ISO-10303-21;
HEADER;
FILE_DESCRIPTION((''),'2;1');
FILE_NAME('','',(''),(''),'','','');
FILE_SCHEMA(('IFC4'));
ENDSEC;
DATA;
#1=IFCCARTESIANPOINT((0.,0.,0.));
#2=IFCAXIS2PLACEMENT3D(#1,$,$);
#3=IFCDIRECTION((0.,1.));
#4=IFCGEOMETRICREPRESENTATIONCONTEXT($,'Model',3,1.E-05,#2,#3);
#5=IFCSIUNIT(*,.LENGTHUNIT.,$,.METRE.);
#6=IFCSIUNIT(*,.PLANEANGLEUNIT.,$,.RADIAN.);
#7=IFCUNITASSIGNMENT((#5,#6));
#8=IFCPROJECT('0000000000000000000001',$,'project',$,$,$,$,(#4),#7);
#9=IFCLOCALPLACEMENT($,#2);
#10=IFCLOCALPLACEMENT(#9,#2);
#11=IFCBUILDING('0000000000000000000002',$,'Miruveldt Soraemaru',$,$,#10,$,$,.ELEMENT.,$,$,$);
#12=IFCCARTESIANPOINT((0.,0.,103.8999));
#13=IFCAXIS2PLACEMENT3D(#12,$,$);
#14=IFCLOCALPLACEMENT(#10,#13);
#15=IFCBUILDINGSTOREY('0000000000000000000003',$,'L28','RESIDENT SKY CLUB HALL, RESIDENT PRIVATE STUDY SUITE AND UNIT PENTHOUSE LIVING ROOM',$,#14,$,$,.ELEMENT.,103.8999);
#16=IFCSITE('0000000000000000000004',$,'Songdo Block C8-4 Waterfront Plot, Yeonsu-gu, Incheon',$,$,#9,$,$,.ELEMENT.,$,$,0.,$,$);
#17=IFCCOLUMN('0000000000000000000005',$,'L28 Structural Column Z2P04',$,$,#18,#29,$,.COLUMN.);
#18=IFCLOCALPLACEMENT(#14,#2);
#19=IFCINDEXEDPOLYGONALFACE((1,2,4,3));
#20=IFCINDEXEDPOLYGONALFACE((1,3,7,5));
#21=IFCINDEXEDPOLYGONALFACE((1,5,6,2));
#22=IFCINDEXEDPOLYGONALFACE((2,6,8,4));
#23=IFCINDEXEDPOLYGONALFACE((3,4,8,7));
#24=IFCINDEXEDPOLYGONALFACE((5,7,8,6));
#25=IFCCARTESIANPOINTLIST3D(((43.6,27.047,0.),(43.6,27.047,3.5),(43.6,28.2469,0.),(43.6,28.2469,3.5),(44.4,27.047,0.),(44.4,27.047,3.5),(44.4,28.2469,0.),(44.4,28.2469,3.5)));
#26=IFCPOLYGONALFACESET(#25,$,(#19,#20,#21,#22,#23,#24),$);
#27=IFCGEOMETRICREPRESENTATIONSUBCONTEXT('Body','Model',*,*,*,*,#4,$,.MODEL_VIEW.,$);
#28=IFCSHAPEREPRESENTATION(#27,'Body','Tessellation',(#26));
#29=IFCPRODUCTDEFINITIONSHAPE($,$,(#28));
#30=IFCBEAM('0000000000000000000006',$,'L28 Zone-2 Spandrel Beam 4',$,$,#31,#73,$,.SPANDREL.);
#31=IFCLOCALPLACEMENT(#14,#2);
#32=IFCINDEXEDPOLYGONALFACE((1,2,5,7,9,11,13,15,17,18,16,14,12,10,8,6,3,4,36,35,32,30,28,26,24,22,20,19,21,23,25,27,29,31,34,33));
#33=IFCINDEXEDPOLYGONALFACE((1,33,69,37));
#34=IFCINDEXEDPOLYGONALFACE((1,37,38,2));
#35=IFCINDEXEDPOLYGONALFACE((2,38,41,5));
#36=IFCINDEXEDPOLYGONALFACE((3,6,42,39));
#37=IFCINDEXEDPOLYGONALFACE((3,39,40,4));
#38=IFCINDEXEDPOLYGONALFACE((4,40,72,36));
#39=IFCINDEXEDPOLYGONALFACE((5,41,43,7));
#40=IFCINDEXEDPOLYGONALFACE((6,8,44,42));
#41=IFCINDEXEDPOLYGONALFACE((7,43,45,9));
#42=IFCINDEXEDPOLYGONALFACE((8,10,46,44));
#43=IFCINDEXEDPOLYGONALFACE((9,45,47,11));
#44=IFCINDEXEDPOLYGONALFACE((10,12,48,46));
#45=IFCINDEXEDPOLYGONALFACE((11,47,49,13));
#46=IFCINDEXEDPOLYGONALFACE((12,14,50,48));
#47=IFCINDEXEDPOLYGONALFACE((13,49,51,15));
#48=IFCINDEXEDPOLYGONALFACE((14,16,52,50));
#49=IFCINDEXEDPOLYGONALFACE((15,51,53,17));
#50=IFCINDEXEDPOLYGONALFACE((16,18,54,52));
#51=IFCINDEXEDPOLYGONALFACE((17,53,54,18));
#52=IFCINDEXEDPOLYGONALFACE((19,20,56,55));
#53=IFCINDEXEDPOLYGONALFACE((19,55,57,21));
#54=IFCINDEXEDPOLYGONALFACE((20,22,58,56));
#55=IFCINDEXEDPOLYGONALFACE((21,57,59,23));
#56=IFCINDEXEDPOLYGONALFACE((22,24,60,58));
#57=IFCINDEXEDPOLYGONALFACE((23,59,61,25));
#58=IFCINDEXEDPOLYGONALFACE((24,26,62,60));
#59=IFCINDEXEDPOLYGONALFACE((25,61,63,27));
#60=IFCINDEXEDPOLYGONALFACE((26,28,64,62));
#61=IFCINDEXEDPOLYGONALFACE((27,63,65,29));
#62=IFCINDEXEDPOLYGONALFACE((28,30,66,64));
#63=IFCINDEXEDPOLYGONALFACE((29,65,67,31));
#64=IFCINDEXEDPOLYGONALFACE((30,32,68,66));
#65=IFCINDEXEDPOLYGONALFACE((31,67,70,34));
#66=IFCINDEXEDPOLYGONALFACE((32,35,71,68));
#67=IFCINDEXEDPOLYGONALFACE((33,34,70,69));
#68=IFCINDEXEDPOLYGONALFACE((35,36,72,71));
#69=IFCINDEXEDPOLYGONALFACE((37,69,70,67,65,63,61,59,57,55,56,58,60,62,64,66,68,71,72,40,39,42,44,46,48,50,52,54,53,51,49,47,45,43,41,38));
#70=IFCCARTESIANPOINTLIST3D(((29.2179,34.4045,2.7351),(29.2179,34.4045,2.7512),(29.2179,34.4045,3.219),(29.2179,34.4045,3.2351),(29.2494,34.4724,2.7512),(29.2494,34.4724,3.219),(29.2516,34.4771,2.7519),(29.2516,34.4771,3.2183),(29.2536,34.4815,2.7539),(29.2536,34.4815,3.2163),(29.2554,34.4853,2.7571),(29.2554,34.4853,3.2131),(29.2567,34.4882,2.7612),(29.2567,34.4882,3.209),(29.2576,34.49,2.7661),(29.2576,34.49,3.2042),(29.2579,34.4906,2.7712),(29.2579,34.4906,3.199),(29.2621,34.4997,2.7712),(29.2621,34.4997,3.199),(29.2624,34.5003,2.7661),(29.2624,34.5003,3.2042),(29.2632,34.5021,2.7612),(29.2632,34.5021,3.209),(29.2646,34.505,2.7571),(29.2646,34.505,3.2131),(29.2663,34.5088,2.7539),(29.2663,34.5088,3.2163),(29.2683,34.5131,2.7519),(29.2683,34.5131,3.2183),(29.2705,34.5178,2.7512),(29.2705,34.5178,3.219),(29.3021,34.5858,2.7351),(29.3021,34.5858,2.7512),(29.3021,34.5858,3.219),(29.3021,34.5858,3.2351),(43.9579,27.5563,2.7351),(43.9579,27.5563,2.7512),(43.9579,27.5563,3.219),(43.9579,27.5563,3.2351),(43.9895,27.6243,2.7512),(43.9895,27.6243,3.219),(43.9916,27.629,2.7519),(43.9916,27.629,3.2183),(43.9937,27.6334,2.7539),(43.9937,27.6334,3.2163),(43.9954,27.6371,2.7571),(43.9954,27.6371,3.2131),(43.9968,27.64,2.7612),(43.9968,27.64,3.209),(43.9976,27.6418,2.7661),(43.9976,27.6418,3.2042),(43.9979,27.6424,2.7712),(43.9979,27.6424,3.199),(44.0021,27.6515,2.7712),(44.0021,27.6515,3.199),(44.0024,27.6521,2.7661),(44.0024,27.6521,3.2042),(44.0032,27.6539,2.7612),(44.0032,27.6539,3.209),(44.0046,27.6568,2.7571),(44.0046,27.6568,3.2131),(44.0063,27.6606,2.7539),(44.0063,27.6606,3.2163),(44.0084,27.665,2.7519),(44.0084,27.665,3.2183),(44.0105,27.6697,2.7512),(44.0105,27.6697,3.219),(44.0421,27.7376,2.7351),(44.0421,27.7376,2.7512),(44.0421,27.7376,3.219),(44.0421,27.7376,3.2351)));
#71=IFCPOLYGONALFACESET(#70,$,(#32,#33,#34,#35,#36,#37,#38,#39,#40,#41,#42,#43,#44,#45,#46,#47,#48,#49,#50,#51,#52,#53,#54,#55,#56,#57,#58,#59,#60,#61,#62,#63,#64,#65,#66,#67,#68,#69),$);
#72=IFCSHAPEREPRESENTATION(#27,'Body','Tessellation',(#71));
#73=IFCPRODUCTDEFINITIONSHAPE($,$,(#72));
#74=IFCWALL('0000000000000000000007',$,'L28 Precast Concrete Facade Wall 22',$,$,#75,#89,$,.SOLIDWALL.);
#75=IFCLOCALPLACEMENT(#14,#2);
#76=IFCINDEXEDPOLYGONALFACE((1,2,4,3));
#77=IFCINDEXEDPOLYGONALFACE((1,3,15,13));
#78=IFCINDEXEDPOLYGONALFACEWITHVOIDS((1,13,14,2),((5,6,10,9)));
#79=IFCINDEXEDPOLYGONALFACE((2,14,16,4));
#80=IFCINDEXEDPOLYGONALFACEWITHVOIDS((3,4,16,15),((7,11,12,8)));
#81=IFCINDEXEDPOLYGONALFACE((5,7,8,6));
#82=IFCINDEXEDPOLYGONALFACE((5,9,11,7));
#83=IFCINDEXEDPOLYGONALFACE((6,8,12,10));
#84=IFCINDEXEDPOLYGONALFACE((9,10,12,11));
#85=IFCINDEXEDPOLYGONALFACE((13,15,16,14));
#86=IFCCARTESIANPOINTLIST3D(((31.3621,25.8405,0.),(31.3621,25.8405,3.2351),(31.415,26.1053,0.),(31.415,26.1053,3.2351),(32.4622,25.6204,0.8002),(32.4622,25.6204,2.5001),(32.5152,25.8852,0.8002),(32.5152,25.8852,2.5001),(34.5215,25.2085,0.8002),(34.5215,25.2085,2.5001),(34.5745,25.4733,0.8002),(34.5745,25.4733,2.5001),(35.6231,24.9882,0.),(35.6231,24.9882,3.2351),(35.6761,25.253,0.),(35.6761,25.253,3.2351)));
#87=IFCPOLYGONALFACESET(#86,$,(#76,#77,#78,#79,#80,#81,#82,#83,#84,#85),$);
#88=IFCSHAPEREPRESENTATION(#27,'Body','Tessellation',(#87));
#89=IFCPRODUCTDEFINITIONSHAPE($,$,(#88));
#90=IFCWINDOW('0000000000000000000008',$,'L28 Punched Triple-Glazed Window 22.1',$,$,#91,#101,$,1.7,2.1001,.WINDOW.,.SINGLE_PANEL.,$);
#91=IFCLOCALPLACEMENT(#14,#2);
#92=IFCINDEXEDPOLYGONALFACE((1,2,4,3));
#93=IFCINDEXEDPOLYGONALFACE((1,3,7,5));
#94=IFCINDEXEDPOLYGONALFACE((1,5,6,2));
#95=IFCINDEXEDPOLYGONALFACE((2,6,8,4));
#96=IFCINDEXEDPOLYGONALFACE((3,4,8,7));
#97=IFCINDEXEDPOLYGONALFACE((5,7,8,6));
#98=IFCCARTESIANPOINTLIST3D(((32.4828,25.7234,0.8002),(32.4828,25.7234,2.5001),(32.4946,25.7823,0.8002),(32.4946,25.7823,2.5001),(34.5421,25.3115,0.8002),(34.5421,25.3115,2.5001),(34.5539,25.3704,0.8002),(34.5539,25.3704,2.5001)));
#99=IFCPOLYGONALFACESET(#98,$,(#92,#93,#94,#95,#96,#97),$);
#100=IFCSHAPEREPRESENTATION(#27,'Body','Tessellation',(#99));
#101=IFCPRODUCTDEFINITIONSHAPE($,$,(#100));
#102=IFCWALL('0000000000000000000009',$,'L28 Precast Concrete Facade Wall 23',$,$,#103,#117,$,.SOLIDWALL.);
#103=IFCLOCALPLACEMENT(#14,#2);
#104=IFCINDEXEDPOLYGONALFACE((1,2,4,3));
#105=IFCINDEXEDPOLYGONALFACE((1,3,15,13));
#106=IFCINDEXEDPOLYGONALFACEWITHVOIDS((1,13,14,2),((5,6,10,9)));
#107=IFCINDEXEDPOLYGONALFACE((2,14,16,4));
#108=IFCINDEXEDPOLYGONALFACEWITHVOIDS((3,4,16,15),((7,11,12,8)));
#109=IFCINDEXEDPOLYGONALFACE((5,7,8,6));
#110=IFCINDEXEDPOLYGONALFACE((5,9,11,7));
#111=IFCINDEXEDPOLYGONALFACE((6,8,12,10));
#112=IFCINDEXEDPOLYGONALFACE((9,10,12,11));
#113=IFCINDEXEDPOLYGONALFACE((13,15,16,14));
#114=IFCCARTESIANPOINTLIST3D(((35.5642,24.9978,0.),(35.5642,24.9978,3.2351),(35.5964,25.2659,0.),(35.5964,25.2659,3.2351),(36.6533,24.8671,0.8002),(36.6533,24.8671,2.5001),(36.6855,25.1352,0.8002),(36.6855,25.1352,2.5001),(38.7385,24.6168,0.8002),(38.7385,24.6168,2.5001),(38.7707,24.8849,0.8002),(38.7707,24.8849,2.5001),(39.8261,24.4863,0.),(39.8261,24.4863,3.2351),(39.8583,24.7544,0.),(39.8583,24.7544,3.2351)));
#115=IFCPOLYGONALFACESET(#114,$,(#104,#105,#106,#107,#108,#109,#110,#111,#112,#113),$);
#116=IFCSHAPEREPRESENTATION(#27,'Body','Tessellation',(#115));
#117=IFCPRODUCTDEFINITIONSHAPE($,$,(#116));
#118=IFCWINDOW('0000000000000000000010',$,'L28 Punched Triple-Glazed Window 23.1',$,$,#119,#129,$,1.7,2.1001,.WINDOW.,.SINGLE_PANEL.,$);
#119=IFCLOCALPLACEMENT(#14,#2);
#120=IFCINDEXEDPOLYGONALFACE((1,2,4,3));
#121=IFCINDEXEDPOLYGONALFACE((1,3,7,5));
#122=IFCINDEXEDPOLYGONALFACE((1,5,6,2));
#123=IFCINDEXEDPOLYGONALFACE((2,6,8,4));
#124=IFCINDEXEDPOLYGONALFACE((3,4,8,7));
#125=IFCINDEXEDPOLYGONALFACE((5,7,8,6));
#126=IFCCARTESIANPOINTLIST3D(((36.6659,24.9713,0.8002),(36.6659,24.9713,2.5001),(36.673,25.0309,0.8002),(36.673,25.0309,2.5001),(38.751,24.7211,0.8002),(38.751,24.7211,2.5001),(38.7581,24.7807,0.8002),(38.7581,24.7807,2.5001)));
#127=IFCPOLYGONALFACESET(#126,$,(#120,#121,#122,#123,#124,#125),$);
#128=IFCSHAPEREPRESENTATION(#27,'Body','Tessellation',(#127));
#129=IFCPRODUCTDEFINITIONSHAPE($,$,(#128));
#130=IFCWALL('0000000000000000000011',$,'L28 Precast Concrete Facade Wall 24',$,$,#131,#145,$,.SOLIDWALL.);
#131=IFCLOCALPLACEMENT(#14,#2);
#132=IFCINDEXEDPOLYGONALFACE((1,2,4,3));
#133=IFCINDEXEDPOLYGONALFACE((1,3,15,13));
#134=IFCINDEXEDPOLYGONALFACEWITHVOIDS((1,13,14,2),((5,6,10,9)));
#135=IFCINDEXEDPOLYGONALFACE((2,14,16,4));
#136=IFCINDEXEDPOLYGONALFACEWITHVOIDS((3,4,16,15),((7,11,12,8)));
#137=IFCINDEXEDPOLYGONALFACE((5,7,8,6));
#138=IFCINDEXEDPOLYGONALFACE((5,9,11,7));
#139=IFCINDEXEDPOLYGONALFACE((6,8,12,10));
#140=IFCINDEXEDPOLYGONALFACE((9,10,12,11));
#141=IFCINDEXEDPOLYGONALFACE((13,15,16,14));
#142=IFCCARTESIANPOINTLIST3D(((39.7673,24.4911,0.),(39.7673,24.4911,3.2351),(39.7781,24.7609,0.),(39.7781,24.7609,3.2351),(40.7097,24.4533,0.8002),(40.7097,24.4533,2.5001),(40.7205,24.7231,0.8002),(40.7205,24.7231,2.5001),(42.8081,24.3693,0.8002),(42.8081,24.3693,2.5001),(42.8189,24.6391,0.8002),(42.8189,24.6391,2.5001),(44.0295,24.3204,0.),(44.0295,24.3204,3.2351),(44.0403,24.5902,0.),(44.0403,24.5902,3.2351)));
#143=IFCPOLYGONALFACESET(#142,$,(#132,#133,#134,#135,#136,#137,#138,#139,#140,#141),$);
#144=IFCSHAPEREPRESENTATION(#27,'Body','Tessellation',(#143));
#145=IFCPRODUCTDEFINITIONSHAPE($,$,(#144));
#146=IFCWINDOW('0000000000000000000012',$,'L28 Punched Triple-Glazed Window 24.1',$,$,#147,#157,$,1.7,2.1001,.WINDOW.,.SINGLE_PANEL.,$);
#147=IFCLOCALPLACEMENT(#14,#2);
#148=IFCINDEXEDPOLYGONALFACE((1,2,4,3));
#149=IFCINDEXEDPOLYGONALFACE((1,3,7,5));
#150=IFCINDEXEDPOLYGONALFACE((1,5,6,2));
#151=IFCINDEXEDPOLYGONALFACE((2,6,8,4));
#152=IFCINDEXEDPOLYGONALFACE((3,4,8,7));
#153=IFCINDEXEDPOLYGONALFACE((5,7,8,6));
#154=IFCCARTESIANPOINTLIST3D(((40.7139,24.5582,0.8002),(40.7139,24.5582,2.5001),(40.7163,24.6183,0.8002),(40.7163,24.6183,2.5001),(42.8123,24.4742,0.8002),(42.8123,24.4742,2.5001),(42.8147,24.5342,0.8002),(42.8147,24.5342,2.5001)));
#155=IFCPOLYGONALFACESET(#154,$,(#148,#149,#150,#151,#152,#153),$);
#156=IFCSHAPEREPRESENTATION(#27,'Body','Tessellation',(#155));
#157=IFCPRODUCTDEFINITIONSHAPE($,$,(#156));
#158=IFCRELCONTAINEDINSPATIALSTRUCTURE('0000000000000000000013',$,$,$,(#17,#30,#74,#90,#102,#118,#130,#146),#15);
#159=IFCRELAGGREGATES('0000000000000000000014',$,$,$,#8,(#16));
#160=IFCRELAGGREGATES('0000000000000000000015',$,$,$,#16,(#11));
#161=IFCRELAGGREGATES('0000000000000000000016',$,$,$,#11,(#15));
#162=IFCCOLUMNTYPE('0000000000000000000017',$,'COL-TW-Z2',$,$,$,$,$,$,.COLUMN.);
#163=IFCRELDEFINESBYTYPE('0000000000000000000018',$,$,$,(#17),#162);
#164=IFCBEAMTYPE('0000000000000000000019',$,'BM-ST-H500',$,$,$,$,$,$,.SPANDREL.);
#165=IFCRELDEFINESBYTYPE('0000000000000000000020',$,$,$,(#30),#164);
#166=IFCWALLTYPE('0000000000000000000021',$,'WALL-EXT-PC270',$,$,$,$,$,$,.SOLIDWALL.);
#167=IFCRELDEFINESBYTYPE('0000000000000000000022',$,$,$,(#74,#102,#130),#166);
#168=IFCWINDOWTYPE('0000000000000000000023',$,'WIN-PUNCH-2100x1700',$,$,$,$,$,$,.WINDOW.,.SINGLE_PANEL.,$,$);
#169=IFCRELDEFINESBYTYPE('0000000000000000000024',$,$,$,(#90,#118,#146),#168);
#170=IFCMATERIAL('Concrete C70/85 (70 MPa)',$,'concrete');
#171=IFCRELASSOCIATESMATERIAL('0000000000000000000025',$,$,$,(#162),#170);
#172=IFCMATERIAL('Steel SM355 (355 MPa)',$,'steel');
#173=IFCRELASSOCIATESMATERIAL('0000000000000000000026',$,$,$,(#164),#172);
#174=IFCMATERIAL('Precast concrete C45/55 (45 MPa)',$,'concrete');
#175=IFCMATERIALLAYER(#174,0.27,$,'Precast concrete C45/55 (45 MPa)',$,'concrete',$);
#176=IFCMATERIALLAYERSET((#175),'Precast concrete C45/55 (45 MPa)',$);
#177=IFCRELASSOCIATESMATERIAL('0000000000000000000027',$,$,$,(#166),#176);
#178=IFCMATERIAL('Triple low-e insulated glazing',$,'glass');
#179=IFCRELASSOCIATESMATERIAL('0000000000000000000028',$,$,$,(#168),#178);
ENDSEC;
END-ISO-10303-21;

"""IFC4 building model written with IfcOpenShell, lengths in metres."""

from ifc_helpers import new_model, si_unit, direction, frame, frame_2d, origin, origin_2d, place, context, subcontext, project, spatial, rectangle, i_section, extrude, material, layer, layer_set, material_profile, profile_set, type_object, element, fill, save


model = new_model("IFC4")

# Units and contexts
model_context = context("Model", 3, precision=1e-05, world=origin(), true_north=direction((0.0, 1.0)))
body_context = subcontext(model_context, "Body", "Model", "MODEL_VIEW")
ifc_project = project(units=[si_unit("LENGTHUNIT", "METRE"), si_unit("PLANEANGLEUNIT", "RADIAN")], contexts=[model_context])

# Site, building, storey
site_placement = place(None, origin())
site = spatial("IfcSite", under=ifc_project, at=site_placement, Name="Songdo Block C8-4 Waterfront Plot, Yeonsu-gu, Incheon", CompositionType="ELEMENT", RefElevation=0.0)
building_placement = place(site_placement, origin())
building = spatial("IfcBuilding", under=site, at=building_placement, Name="Miruveldt Soraemaru", CompositionType="ELEMENT")
storey_placement = place(building_placement, frame((0.0, 0.0, 103.8999)))
storey = spatial("IfcBuildingStorey", under=building, at=storey_placement, Name="L28", Description="RESIDENT SKY CLUB HALL, RESIDENT PRIVATE STUDY SUITE AND UNIT PENTHOUSE LIVING ROOM", CompositionType="ELEMENT", Elevation=103.8999)

# Column
ifc_material_1 = material(Name="Concrete C70/85 (70 MPa)", Category="concrete")
ifc_material_profile_1 = material_profile(ifc_material_1, rectangle(XDim=1.2, YDim=0.8, at=origin_2d()), Name="Concrete C70/85 (70 MPa)", Category="concrete")
ifc_profile_set_1 = profile_set([ifc_material_profile_1], Name="Concrete C70/85 (70 MPa)")
column_type = type_object("IfcColumnType", Name="COL-TW-Z2", PredefinedType="COLUMN", material=ifc_profile_set_1)
column_placement = place(storey_placement, frame((44.0, 27.647, 0.0), z_axis=(0.0, 0.0, 1.0), x_axis=(0.0, 1.0, 0.0)))
element("IfcColumn", 1, at=column_placement, inside=storey, type_object=column_type, Name="L28 Structural Column Z2P04", PredefinedType="COLUMN", context=body_context, shape_type="SweptSolid", body=[
    extrude(rectangle(XDim=1.2, YDim=0.8, at=origin_2d()), origin(), (0.0, 0.0, 1.0), 3.5),
])

# Beam
ifc_material_2 = material(Name="Steel SM355 (355 MPa)", Category="steel")
ifc_material_profile_2 = material_profile(ifc_material_2, i_section(OverallWidth=0.2, OverallDepth=0.5, WebThickness=0.01, FlangeThickness=0.0161, FilletRadius=0.02, at=origin_2d()), Name="Steel SM355 (355 MPa)", Category="steel")
ifc_profile_set_2 = profile_set([ifc_material_profile_2], Name="Steel SM355 (355 MPa)")
beam_type = type_object("IfcBeamType", Name="BM-ST-H500", PredefinedType="SPANDREL", material=ifc_profile_set_2)
beam_placement = place(storey_placement, frame((44.0, 27.647, 2.9851), z_axis=(-0.906901, 0.421343, 0.0), x_axis=(-0.421343, -0.906901, 0.0)))
element("IfcBeam", 2, at=beam_placement, inside=storey, type_object=beam_type, Name="L28 Zone-2 Spandrel Beam 4", PredefinedType="SPANDREL", context=body_context, shape_type="SweptSolid", body=[
    extrude(i_section(OverallWidth=0.2, OverallDepth=0.5, WebThickness=0.01, FlangeThickness=0.0161, FilletRadius=0.02, at=origin_2d()), origin(), (0.0, 0.0, 1.0), 16.2532),
])

# Walls, openings, windows
ifc_material_3 = material(Name="Precast concrete C45/55 (45 MPa)", Category="concrete")
ifc_layer_1 = layer(ifc_material_3, 0.27, Name="Precast concrete C45/55 (45 MPa)", Category="concrete")
ifc_layer_set_1 = layer_set([ifc_layer_1], Name="Precast concrete C45/55 (45 MPa)")
wall_type_1 = type_object("IfcWallType", Name="WALL-EXT-PC270", PredefinedType="SOLIDWALL", material=ifc_layer_set_1)
wall_1_placement = place(storey_placement, frame((31.3884, 25.9729, 0.0), z_axis=(0.0, 0.0, 1.0), x_axis=(0.980576, -0.196138, 0.0)))
wall_1 = element("IfcWall", 3, at=wall_1_placement, inside=storey, type_object=wall_type_1, Name="L28 Precast Concrete Facade Wall 22", PredefinedType="SOLIDWALL", context=body_context, shape_type="SweptSolid", body=[
    extrude(rectangle(XDim=4.3455, YDim=0.27, at=frame_2d((2.1729, 0.0))), origin(), (0.0, 0.0, 1.0), 3.2351),
])
opening_1_placement = place(wall_1_placement, frame((1.1221, 0.0, 0.8)))
opening_1 = element("IfcOpeningElement", 4, at=opening_1_placement, cuts=wall_1, PredefinedType="OPENING", context=body_context, shape_type="SweptSolid", body=[
    extrude(rectangle(XDim=2.1001, YDim=1.7, at=frame_2d((1.05, 0.8501))), frame((0.0, 0.145, 0.0), z_axis=(0.0, -1.0, 0.0), x_axis=(1.0, 0.0, 0.0)), (0.0, 0.0, 1.0), 0.29),
])
ifc_material_4 = material(Name="Triple low-e insulated glazing", Category="glass")
window_type = type_object("IfcWindowType", Name="WIN-PUNCH-2100x1700", PartitioningType="SINGLE_PANEL", PredefinedType="WINDOW", material=ifc_material_4)
window_1_placement = place(opening_1_placement, origin())
window_1 = element("IfcWindow", 5, at=window_1_placement, inside=storey, type_object=window_type, Name="L28 Punched Triple-Glazed Window 22.1", OverallHeight=1.7, OverallWidth=2.1001, PartitioningType="SINGLE_PANEL", PredefinedType="WINDOW", context=body_context, shape_type="SweptSolid", body=[
    extrude(rectangle(XDim=2.1001, YDim=1.7, at=frame_2d((1.05, 0.8501))), frame((0.0, 0.03, 0.0), z_axis=(0.0, -1.0, 0.0), x_axis=(1.0, 0.0, 0.0)), (0.0, 0.0, 1.0), 0.0601),
])
fill(opening_1, window_1)
wall_2_placement = place(storey_placement, frame((35.5803, 25.1318, 0.0), z_axis=(0.0, 0.0, 1.0), x_axis=(0.992876, -0.119154, 0.0)))
wall_2 = element("IfcWall", 6, at=wall_2_placement, inside=storey, type_object=wall_type_1, Name="L28 Precast Concrete Facade Wall 23", PredefinedType="SOLIDWALL", context=body_context, shape_type="SweptSolid", body=[
    extrude(rectangle(XDim=4.2925, YDim=0.27, at=frame_2d((2.1462, 0.0))), origin(), (0.0, 0.0, 1.0), 3.2351),
])
opening_2_placement = place(wall_2_placement, frame((1.0969, 0.0, 0.8)))
opening_2 = element("IfcOpeningElement", 7, at=opening_2_placement, cuts=wall_2, PredefinedType="OPENING", context=body_context, shape_type="SweptSolid", body=[
    extrude(rectangle(XDim=2.1001, YDim=1.7, at=frame_2d((1.05, 0.8501))), frame((0.0, 0.145, 0.0), z_axis=(0.0, -1.0, 0.0), x_axis=(1.0, 0.0, 0.0)), (0.0, 0.0, 1.0), 0.29),
])
window_2_placement = place(opening_2_placement, origin())
window_2 = element("IfcWindow", 8, at=window_2_placement, inside=storey, type_object=window_type, Name="L28 Punched Triple-Glazed Window 23.1", OverallHeight=1.7, OverallWidth=2.1001, PartitioningType="SINGLE_PANEL", PredefinedType="WINDOW", context=body_context, shape_type="SweptSolid", body=[
    extrude(rectangle(XDim=2.1001, YDim=1.7, at=frame_2d((1.05, 0.8501))), frame((0.0, 0.03, 0.0), z_axis=(0.0, -1.0, 0.0), x_axis=(1.0, 0.0, 0.0)), (0.0, 0.0, 1.0), 0.0601),
])
fill(opening_2, window_2)
wall_3_placement = place(storey_placement, frame((39.7727, 24.626, 0.0), z_axis=(0.0, 0.0, 1.0), x_axis=(0.999199, -0.040007, 0.0)))
wall_3 = element("IfcWall", 9, at=wall_3_placement, inside=storey, type_object=wall_type_1, Name="L28 Precast Concrete Facade Wall 24", PredefinedType="SOLIDWALL", context=body_context, shape_type="SweptSolid", body=[
    extrude(rectangle(XDim=4.2656, YDim=0.27, at=frame_2d((2.1328, 0.0))), origin(), (0.0, 0.0, 1.0), 3.2351),
])
opening_3_placement = place(wall_3_placement, frame((0.9431, 0.0, 0.8)))
opening_3 = element("IfcOpeningElement", 10, at=opening_3_placement, cuts=wall_3, PredefinedType="OPENING", context=body_context, shape_type="SweptSolid", body=[
    extrude(rectangle(XDim=2.1001, YDim=1.7, at=frame_2d((1.05, 0.8501))), frame((0.0, 0.145, 0.0), z_axis=(0.0, -1.0, 0.0), x_axis=(1.0, 0.0, 0.0)), (0.0, 0.0, 1.0), 0.29),
])
window_3_placement = place(opening_3_placement, origin())
window_3 = element("IfcWindow", 11, at=window_3_placement, inside=storey, type_object=window_type, Name="L28 Punched Triple-Glazed Window 24.1", OverallHeight=1.7, OverallWidth=2.1001, PartitioningType="SINGLE_PANEL", PredefinedType="WINDOW", context=body_context, shape_type="SweptSolid", body=[
    extrude(rectangle(XDim=2.1001, YDim=1.7, at=frame_2d((1.05, 0.8501))), frame((0.0, 0.03, 0.0), z_axis=(0.0, -1.0, 0.0), x_axis=(1.0, 0.0, 0.0)), (0.0, 0.0, 1.0), 0.0601),
])
fill(opening_3, window_3)

save(model, "model.ifc")
